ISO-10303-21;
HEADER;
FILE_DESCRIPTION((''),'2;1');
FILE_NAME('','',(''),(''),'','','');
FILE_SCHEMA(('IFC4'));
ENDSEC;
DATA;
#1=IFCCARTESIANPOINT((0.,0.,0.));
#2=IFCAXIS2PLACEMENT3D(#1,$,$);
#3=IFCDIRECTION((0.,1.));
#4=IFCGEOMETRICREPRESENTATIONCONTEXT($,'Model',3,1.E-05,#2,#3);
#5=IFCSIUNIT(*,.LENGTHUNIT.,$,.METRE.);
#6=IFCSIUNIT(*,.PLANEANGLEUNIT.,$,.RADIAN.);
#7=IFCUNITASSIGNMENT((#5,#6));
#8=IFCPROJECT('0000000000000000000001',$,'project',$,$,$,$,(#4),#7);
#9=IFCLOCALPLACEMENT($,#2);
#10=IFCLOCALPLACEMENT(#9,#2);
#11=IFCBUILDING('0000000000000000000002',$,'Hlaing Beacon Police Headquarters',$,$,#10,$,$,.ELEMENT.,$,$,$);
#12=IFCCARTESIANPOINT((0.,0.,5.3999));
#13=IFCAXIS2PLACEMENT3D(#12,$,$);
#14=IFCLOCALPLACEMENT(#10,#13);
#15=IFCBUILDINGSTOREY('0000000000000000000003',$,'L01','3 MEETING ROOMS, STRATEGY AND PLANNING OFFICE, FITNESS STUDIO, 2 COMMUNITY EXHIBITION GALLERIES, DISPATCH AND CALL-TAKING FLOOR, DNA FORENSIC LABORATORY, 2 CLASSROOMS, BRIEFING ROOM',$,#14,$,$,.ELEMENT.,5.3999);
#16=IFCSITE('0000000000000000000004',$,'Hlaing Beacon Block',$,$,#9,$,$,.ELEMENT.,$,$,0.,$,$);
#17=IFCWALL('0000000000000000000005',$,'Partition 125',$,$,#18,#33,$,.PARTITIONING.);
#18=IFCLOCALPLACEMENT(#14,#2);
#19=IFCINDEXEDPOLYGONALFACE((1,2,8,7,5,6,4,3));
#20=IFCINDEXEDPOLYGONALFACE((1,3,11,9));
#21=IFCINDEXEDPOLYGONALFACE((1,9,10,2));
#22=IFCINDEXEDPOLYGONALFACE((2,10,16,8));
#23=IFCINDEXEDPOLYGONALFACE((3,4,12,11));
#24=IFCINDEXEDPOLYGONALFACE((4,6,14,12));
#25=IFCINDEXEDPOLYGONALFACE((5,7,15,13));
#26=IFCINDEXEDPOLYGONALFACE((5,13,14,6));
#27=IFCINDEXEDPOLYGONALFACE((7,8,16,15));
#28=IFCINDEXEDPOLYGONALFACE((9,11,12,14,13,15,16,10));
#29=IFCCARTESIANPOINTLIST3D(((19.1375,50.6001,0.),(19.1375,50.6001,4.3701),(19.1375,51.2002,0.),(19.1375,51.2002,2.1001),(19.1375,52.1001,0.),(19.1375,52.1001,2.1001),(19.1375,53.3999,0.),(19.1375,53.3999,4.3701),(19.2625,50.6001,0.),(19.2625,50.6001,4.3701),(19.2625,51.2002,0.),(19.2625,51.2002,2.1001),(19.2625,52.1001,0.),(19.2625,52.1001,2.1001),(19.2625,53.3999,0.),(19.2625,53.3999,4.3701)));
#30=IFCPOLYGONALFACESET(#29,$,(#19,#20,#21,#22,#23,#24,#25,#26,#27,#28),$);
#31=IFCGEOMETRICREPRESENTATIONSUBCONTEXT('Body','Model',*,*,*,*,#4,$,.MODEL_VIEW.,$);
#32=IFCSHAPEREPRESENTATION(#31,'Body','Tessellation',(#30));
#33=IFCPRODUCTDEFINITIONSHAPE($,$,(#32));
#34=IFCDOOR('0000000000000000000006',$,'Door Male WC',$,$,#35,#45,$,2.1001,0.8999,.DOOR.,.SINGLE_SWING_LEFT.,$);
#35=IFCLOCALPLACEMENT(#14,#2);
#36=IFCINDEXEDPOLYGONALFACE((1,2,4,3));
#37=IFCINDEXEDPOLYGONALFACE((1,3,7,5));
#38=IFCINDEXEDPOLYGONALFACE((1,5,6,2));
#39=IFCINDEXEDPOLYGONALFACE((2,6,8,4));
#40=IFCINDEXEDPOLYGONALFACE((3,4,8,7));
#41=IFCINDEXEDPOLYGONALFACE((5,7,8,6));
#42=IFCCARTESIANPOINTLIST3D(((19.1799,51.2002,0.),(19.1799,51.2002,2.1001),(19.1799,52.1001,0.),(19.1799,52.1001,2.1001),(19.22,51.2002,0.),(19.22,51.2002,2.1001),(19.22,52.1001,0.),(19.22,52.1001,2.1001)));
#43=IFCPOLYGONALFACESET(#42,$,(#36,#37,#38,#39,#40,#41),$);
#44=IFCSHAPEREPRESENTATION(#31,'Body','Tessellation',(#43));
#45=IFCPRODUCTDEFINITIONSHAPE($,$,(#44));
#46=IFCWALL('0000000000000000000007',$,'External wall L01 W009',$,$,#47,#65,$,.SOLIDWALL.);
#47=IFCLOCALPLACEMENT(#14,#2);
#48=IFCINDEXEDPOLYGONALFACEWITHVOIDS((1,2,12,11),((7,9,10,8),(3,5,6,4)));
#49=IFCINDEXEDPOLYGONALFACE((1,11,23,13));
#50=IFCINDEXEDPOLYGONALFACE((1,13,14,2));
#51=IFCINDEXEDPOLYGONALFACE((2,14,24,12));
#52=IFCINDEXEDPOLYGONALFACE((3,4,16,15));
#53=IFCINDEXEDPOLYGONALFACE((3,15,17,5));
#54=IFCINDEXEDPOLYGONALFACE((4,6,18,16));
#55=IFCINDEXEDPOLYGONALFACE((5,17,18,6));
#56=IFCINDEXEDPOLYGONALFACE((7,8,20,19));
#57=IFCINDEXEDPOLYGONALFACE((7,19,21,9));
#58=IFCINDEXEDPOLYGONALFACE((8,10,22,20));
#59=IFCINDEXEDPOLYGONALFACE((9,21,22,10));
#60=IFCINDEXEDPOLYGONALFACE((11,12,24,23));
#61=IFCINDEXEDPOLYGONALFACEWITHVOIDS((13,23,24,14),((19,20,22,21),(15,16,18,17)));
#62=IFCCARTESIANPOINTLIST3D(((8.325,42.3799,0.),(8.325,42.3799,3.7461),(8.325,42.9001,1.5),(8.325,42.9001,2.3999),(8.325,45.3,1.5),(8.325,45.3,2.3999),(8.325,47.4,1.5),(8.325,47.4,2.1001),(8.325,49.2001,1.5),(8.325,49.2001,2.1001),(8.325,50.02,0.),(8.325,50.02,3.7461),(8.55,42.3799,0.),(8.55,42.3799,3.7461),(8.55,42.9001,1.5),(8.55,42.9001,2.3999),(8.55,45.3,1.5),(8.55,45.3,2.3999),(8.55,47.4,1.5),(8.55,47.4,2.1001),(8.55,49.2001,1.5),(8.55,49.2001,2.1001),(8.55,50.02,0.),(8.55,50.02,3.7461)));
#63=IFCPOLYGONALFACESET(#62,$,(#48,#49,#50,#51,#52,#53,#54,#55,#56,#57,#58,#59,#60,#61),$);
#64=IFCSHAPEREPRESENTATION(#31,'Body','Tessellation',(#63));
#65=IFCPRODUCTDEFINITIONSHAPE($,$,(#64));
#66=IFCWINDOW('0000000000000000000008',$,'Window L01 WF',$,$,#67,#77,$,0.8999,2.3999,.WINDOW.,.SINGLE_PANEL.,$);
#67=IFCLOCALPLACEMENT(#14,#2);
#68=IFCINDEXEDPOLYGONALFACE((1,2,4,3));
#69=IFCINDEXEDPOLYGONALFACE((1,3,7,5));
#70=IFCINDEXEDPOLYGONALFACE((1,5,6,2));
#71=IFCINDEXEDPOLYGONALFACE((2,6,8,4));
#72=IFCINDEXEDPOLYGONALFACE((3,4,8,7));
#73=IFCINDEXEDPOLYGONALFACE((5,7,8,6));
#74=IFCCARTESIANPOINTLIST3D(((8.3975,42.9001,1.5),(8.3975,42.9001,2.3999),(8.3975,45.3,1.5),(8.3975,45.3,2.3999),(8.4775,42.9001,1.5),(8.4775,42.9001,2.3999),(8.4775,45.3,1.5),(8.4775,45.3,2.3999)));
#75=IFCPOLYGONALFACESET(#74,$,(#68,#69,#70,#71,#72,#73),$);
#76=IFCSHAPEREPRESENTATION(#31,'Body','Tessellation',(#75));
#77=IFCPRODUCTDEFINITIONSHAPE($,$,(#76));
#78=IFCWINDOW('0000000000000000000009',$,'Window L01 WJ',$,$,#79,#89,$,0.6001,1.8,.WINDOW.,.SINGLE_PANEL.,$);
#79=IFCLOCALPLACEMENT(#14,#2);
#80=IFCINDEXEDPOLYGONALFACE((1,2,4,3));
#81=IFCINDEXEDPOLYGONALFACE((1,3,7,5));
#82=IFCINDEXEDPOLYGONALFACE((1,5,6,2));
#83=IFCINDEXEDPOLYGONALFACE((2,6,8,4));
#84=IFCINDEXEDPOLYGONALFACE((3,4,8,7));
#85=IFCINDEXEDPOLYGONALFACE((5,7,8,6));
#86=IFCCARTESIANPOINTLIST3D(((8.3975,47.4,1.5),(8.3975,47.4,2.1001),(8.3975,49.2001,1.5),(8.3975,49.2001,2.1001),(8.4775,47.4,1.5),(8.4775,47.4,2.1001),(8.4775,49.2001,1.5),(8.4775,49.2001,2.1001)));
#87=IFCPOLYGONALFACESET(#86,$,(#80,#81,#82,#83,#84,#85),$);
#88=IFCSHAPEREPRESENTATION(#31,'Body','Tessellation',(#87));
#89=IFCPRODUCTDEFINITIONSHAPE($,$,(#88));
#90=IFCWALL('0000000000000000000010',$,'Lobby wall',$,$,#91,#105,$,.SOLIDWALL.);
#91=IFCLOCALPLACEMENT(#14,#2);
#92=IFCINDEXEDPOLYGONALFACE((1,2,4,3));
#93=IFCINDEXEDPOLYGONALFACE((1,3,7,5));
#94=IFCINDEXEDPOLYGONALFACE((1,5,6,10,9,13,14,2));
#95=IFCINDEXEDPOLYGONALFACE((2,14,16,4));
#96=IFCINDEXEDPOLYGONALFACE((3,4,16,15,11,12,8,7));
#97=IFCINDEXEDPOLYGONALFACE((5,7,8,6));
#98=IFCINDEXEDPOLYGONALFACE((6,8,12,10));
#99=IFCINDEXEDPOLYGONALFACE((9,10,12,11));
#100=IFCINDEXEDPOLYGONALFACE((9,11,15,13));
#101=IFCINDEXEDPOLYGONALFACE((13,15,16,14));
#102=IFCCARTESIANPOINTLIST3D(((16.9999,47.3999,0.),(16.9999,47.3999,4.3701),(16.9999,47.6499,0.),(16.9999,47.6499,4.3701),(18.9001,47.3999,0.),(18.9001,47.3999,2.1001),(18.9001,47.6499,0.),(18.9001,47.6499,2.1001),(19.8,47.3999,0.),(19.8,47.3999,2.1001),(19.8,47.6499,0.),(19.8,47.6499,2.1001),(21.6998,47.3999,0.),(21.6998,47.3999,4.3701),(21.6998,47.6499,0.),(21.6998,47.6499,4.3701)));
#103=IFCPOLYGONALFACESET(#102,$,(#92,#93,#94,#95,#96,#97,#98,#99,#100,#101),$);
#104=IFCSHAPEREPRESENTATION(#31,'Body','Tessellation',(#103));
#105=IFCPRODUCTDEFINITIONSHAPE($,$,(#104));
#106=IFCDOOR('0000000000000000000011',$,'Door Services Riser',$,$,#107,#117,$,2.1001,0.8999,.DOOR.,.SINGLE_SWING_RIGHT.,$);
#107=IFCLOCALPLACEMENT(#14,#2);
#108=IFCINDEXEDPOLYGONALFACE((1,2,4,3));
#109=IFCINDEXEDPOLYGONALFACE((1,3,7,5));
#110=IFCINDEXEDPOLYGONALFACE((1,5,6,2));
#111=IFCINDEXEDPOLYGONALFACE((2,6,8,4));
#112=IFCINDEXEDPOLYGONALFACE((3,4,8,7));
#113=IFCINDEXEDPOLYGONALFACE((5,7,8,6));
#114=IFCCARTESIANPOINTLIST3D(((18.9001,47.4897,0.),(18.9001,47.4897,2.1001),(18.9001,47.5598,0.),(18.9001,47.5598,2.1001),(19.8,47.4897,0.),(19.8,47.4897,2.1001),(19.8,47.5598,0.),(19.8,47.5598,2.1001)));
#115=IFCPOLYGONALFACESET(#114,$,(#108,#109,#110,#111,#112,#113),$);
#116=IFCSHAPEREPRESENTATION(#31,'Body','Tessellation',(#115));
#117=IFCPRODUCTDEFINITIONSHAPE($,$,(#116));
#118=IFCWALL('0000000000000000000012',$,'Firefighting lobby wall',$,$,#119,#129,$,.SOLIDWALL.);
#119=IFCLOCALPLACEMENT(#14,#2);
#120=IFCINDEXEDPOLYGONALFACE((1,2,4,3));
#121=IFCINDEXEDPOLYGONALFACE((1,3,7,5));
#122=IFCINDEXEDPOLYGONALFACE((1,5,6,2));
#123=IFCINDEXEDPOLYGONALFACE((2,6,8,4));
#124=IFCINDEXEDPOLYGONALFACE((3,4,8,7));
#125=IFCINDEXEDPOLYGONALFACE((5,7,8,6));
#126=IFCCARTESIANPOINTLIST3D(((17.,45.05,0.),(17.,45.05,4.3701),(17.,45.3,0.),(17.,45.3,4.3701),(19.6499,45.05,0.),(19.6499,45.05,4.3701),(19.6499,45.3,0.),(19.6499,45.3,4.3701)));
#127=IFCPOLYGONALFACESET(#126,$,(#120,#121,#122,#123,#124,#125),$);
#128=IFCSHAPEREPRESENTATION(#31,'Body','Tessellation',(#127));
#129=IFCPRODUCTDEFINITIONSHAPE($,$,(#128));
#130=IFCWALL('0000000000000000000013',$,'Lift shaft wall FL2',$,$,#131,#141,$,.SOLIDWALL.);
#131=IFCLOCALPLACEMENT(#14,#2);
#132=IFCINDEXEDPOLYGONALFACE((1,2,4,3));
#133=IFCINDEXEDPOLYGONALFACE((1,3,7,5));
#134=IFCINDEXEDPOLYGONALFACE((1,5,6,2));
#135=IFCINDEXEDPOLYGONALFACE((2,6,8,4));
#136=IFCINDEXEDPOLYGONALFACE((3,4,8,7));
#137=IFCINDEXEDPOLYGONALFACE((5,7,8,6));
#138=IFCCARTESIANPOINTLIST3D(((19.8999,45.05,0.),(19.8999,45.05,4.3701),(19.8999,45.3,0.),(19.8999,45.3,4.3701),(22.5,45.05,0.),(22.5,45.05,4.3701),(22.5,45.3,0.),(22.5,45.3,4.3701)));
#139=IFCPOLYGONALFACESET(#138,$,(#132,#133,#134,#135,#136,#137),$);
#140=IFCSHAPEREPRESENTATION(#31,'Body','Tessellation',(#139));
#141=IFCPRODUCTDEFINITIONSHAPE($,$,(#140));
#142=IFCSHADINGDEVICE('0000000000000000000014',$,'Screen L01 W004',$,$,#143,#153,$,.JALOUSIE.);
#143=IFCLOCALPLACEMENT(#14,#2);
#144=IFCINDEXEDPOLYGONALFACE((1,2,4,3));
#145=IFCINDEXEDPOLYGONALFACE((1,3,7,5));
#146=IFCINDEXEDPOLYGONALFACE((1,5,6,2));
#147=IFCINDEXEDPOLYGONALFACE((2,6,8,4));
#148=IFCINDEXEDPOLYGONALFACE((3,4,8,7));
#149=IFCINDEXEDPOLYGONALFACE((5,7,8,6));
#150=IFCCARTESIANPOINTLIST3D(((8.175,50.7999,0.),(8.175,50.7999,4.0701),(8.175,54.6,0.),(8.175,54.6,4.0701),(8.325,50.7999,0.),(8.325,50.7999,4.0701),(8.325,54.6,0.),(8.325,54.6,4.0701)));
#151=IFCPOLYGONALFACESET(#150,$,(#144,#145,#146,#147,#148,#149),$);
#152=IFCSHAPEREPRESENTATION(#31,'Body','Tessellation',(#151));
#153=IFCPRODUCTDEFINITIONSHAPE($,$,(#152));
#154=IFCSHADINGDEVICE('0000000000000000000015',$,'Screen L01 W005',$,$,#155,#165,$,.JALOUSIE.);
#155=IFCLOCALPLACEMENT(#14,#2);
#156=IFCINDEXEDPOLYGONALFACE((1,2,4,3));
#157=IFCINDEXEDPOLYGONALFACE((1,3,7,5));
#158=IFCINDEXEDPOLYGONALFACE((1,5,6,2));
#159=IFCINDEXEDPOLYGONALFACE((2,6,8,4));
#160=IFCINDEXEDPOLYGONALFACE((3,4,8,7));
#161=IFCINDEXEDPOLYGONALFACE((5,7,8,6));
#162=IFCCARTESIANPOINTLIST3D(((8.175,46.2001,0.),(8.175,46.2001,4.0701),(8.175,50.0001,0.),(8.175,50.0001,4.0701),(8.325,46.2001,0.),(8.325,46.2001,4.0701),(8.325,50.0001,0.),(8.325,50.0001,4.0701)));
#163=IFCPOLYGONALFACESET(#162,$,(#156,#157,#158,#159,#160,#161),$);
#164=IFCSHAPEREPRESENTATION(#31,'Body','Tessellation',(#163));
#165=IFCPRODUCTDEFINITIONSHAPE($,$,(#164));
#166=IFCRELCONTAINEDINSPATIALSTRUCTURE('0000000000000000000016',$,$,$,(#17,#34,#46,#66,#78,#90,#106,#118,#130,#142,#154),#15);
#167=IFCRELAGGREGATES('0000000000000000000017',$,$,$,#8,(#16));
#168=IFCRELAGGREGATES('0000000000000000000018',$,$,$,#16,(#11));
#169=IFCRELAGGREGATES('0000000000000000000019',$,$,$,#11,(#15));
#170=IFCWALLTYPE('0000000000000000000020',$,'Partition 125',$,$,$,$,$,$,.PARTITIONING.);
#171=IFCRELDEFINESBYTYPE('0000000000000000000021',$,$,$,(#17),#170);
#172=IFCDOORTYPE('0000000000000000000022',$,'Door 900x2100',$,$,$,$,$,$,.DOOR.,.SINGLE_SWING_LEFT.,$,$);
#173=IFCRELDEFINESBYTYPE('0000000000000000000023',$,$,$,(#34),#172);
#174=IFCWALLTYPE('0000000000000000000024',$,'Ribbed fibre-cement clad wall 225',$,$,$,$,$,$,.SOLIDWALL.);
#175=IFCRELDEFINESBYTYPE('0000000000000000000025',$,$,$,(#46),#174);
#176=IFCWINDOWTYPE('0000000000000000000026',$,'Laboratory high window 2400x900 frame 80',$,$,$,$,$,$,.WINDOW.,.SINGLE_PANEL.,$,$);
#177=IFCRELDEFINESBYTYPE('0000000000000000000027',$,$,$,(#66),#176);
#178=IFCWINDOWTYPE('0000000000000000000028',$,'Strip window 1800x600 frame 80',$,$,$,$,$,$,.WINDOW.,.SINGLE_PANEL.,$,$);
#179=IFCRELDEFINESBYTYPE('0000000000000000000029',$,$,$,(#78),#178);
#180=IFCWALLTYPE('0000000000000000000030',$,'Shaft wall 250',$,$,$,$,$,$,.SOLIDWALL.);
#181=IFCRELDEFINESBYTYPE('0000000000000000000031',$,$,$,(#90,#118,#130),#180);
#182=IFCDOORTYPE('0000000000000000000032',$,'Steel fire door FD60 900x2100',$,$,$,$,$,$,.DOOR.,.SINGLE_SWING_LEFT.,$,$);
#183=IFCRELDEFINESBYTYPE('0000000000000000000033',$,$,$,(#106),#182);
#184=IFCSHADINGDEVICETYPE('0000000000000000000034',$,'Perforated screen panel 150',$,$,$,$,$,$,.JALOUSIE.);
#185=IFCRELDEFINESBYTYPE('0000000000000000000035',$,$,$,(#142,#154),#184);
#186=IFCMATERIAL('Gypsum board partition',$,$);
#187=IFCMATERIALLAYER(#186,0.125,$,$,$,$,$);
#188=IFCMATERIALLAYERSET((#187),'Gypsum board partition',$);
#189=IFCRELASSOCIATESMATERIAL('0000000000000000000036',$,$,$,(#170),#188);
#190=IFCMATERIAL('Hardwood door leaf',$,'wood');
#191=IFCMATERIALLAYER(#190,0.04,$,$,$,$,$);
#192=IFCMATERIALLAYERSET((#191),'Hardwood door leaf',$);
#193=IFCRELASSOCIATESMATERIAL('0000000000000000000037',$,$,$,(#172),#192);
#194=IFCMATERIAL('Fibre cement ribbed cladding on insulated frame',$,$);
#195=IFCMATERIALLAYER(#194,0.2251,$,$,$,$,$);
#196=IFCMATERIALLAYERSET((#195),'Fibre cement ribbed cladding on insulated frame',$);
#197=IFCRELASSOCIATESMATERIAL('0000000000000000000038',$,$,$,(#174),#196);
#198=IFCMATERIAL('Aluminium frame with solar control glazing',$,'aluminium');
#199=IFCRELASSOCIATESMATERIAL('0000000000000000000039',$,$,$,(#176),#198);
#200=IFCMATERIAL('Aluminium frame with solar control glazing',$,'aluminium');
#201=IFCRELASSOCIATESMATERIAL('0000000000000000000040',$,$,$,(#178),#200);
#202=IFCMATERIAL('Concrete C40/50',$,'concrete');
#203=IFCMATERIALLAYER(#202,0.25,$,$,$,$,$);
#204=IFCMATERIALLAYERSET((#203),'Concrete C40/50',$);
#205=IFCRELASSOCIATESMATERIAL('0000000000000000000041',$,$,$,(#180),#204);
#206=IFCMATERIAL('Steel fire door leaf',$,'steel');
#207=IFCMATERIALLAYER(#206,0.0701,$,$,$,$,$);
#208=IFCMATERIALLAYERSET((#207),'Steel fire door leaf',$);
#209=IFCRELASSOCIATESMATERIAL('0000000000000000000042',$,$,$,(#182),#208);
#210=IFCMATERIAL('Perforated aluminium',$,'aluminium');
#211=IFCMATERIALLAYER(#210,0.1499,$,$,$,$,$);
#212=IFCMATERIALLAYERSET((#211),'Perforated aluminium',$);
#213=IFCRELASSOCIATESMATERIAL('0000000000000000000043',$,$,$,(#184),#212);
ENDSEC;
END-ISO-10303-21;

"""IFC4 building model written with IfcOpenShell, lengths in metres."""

from ifc_helpers import new_model, si_unit, direction, frame, frame_2d, origin, origin_2d, place, context, subcontext, project, spatial, rectangle, extrude, material, layer, layer_set, type_object, element, fill, save


model = new_model("IFC4")

# Units and contexts
model_context = context("Model", 3, precision=1e-05, world=origin(), true_north=direction((0.0, 1.0)))
body_context = subcontext(model_context, "Body", "Model", "MODEL_VIEW")
ifc_project = project(units=[si_unit("LENGTHUNIT", "METRE"), si_unit("PLANEANGLEUNIT", "RADIAN")], contexts=[model_context])

# Site, building, storey
site_placement = place(None, origin())
site = spatial("IfcSite", under=ifc_project, at=site_placement, Name="Hlaing Beacon Block", CompositionType="ELEMENT", RefElevation=0.0)
building_placement = place(site_placement, origin())
building = spatial("IfcBuilding", under=site, at=building_placement, Name="Hlaing Beacon Police Headquarters", CompositionType="ELEMENT")
storey_placement = place(building_placement, frame((0.0, 0.0, 5.3999)))
storey = spatial("IfcBuildingStorey", under=building, at=storey_placement, Name="L01", Description="3 MEETING ROOMS, STRATEGY AND PLANNING OFFICE, FITNESS STUDIO, 2 COMMUNITY EXHIBITION GALLERIES, DISPATCH AND CALL-TAKING FLOOR, DNA FORENSIC LABORATORY, 2 CLASSROOMS, BRIEFING ROOM", CompositionType="ELEMENT", Elevation=5.3999)

# Shared definitions
ifc_material_1 = material(Name="Gypsum board partition")
ifc_layer_1 = layer(ifc_material_1, 0.125)
ifc_layer_set_1 = layer_set([ifc_layer_1], Name="Gypsum board partition")
wall_type_1 = type_object("IfcWallType", Name="Partition 125", PredefinedType="PARTITIONING", material=ifc_layer_set_1)
ifc_material_2 = material(Name="Hardwood door leaf", Category="wood")
ifc_layer_2 = layer(ifc_material_2, 0.04)
ifc_layer_set_2 = layer_set([ifc_layer_2], Name="Hardwood door leaf")
door_type_1 = type_object("IfcDoorType", Name="Door 900x2100", OperationType="SINGLE_SWING_LEFT", PredefinedType="DOOR", material=ifc_layer_set_2)

# Wall, opening, door
wall_1_placement = place(storey_placement, frame((19.2, 50.6001, 0.0), z_axis=(0.0, 0.0, 1.0), x_axis=(0.0, 1.0, 0.0)))
wall_1 = element("IfcWall", 1, at=wall_1_placement, inside=storey, type_object=wall_type_1, Name="Partition 125", PredefinedType="PARTITIONING", context=body_context, shape_type="SweptSolid", body=[
    extrude(rectangle(XDim=2.7998, YDim=0.125, at=frame_2d((1.3999, 0.0))), origin(), (0.0, 0.0, 1.0), 4.3701),
])
opening_1_placement = place(wall_1_placement, frame((0.6001, 0.0, 0.0)))
opening_1 = element("IfcOpeningElement", 2, at=opening_1_placement, cuts=wall_1, PredefinedType="OPENING", context=body_context, shape_type="SweptSolid", body=[
    extrude(rectangle(XDim=0.8999, YDim=2.1001, at=frame_2d((0.45, 1.05))), frame((0.0, 0.0725, 0.0), z_axis=(0.0, -1.0, 0.0), x_axis=(1.0, 0.0, 0.0)), (0.0, 0.0, 1.0), 0.145),
])
door_1_placement = place(opening_1_placement, frame((0.8999, 0.0, 0.0), z_axis=(0.0, 0.0, 1.0), x_axis=(-1.0, 0.0, 0.0)))
door_1 = element("IfcDoor", 3, at=door_1_placement, inside=storey, type_object=door_type_1, Name="Door Male WC", OperationType="SINGLE_SWING_LEFT", OverallHeight=2.1001, OverallWidth=0.8999, PredefinedType="DOOR", context=body_context, shape_type="SweptSolid", body=[
    extrude(rectangle(XDim=0.8999, YDim=2.1001, at=frame_2d((0.45, 1.05))), frame((0.0, 0.02, 0.0), z_axis=(0.0, -1.0, 0.0), x_axis=(1.0, 0.0, 0.0)), (0.0, 0.0, 1.0), 0.04),
])
fill(opening_1, door_1)

# Wall, openings, windows
ifc_material_3 = material(Name="Fibre cement ribbed cladding on insulated frame")
ifc_layer_3 = layer(ifc_material_3, 0.2251)
ifc_layer_set_3 = layer_set([ifc_layer_3], Name="Fibre cement ribbed cladding on insulated frame")
wall_type_2 = type_object("IfcWallType", Name="Ribbed fibre-cement clad wall 225", PredefinedType="SOLIDWALL", material=ifc_layer_set_3)
wall_2_placement = place(storey_placement, frame((8.4375, 50.02, 0.0), z_axis=(0.0, 0.0, 1.0), x_axis=(0.0, -1.0, 0.0)))
wall_2 = element("IfcWall", 4, at=wall_2_placement, inside=storey, type_object=wall_type_2, Name="External wall L01 W009", PredefinedType="SOLIDWALL", context=body_context, shape_type="SweptSolid", body=[
    extrude(rectangle(XDim=7.6401, YDim=0.2251, at=frame_2d((3.8201, 0.0))), origin(), (0.0, 0.0, 1.0), 3.7461),
])
opening_2_placement = place(wall_2_placement, frame((0.8201, 0.0, 1.5)))
opening_2 = element("IfcOpeningElement", 5, at=opening_2_placement, cuts=wall_2, PredefinedType="OPENING", context=body_context, shape_type="SweptSolid", body=[
    extrude(rectangle(XDim=1.8, YDim=0.6001, at=frame_2d((0.8999, 0.3))), frame((0.0, 0.1226, 0.0), z_axis=(0.0, -1.0, 0.0), x_axis=(1.0, 0.0, 0.0)), (0.0, 0.0, 1.0), 0.2451),
])
opening_3_placement = place(wall_2_placement, frame((4.72, 0.0, 1.5)))
opening_3 = element("IfcOpeningElement", 6, at=opening_3_placement, cuts=wall_2, PredefinedType="OPENING", context=body_context, shape_type="SweptSolid", body=[
    extrude(rectangle(XDim=2.3999, YDim=0.8999, at=frame_2d((1.2, 0.45))), frame((0.0, 0.1226, 0.0), z_axis=(0.0, -1.0, 0.0), x_axis=(1.0, 0.0, 0.0)), (0.0, 0.0, 1.0), 0.2451),
])
ifc_material_4 = material(Name="Aluminium frame with solar control glazing", Category="aluminium")
window_type_1 = type_object("IfcWindowType", Name="Laboratory high window 2400x900 frame 80", PartitioningType="SINGLE_PANEL", PredefinedType="WINDOW", material=ifc_material_4)
window_1_placement = place(opening_3_placement, origin())
window_1 = element("IfcWindow", 7, at=window_1_placement, inside=storey, type_object=window_type_1, Name="Window L01 WF", OverallHeight=0.8999, OverallWidth=2.3999, PartitioningType="SINGLE_PANEL", PredefinedType="WINDOW", context=body_context, shape_type="SweptSolid", body=[
    extrude(rectangle(XDim=2.3999, YDim=0.8999, at=frame_2d((1.2, 0.45))), frame((0.0, 0.04, 0.0), z_axis=(0.0, -1.0, 0.0), x_axis=(1.0, 0.0, 0.0)), (0.0, 0.0, 1.0), 0.0801),
])
fill(opening_3, window_1)
ifc_material_5 = material(Name="Aluminium frame with solar control glazing", Category="aluminium")
window_type_2 = type_object("IfcWindowType", Name="Strip window 1800x600 frame 80", PartitioningType="SINGLE_PANEL", PredefinedType="WINDOW", material=ifc_material_5)
window_2_placement = place(opening_2_placement, origin())
window_2 = element("IfcWindow", 8, at=window_2_placement, inside=storey, type_object=window_type_2, Name="Window L01 WJ", OverallHeight=0.6001, OverallWidth=1.8, PartitioningType="SINGLE_PANEL", PredefinedType="WINDOW", context=body_context, shape_type="SweptSolid", body=[
    extrude(rectangle(XDim=1.8, YDim=0.6001, at=frame_2d((0.8999, 0.3))), frame((0.0, 0.04, 0.0), z_axis=(0.0, -1.0, 0.0), x_axis=(1.0, 0.0, 0.0)), (0.0, 0.0, 1.0), 0.0801),
])
fill(opening_2, window_2)

# Wall, opening, door
ifc_material_6 = material(Name="Concrete C40/50", Category="concrete")
ifc_layer_4 = layer(ifc_material_6, 0.25)
ifc_layer_set_4 = layer_set([ifc_layer_4], Name="Concrete C40/50")
wall_type_3 = type_object("IfcWallType", Name="Shaft wall 250", PredefinedType="SOLIDWALL", material=ifc_layer_set_4)
wall_3_placement = place(storey_placement, frame((21.7, 47.5249, 0.0), z_axis=(0.0, 0.0, 1.0), x_axis=(-1.0, 0.0, 0.0)))
wall_3 = element("IfcWall", 9, at=wall_3_placement, inside=storey, type_object=wall_type_3, Name="Lobby wall", PredefinedType="SOLIDWALL", context=body_context, shape_type="SweptSolid", body=[
    extrude(rectangle(XDim=4.7, YDim=0.25, at=frame_2d((2.3501, 0.0))), origin(), (0.0, 0.0, 1.0), 4.3701),
])
opening_4_placement = place(wall_3_placement, frame((1.8999, 0.0, 0.0)))
opening_4 = element("IfcOpeningElement", 10, at=opening_4_placement, cuts=wall_3, PredefinedType="OPENING", context=body_context, shape_type="SweptSolid", body=[
    extrude(rectangle(XDim=0.8999, YDim=2.1001, at=frame_2d((0.45, 1.05))), frame((0.0, 0.135, 0.0), z_axis=(0.0, -1.0, 0.0), x_axis=(1.0, 0.0, 0.0)), (0.0, 0.0, 1.0), 0.27),
])
ifc_material_7 = material(Name="Steel fire door leaf", Category="steel")
ifc_layer_5 = layer(ifc_material_7, 0.0701)
ifc_layer_set_5 = layer_set([ifc_layer_5], Name="Steel fire door leaf")
door_type_2 = type_object("IfcDoorType", Name="Steel fire door FD60 900x2100", OperationType="SINGLE_SWING_LEFT", PredefinedType="DOOR", material=ifc_layer_set_5)
door_2_placement = place(opening_4_placement, frame((0.8999, 0.0, 0.0), z_axis=(0.0, 0.0, 1.0), x_axis=(-1.0, 0.0, 0.0)))
door_2 = element("IfcDoor", 11, at=door_2_placement, inside=storey, type_object=door_type_2, Name="Door Services Riser", OperationType="SINGLE_SWING_RIGHT", OverallHeight=2.1001, OverallWidth=0.8999, PredefinedType="DOOR", context=body_context, shape_type="SweptSolid", body=[
    extrude(rectangle(XDim=0.8999, YDim=2.1001, at=frame_2d((0.45, 1.05))), frame((0.0, 0.0349, 0.0), z_axis=(0.0, -1.0, 0.0), x_axis=(1.0, 0.0, 0.0)), (0.0, 0.0, 1.0), 0.0701),
])
fill(opening_4, door_2)

# Walls
wall_4_placement = place(storey_placement, frame((19.6499, 45.175, 0.0), z_axis=(0.0, 0.0, 1.0), x_axis=(-1.0, 0.0, 0.0)))
element("IfcWall", 12, at=wall_4_placement, inside=storey, type_object=wall_type_3, Name="Firefighting lobby wall", PredefinedType="SOLIDWALL", context=body_context, shape_type="SweptSolid", body=[
    extrude(rectangle(XDim=2.6499, YDim=0.25, at=frame_2d((1.325, 0.0))), origin(), (0.0, 0.0, 1.0), 4.3701),
])
wall_5_placement = place(storey_placement, frame((19.8999, 45.175, 0.0), z_axis=(0.0, 0.0, 1.0), x_axis=(1.0, 0.0, 0.0)))
element("IfcWall", 13, at=wall_5_placement, inside=storey, type_object=wall_type_3, Name="Lift shaft wall FL2", PredefinedType="SOLIDWALL", context=body_context, shape_type="SweptSolid", body=[
    extrude(rectangle(XDim=2.6001, YDim=0.25, at=frame_2d((1.3, 0.0))), origin(), (0.0, 0.0, 1.0), 4.3701),
])

# Shading devices
ifc_material_8 = material(Name="Perforated aluminium", Category="aluminium")
ifc_layer_6 = layer(ifc_material_8, 0.1499)
ifc_layer_set_6 = layer_set([ifc_layer_6], Name="Perforated aluminium")
shading_device_type = type_object("IfcShadingDeviceType", Name="Perforated screen panel 150", PredefinedType="JALOUSIE", material=ifc_layer_set_6)
for number, where, z_axis, x_axis, name in (
    (14, (8.25, 52.7, 0.0), (0.0, 0.0, 1.0), (0.0, -1.0, 0.0), "Screen L01 W004"),
    (15, (8.25, 48.1001, 0.0), (0.0, 0.0, 1.0), (0.0, -1.0, 0.0), "Screen L01 W005"),
):
    element("IfcShadingDevice", number, at=place(storey_placement, frame(where, z_axis=z_axis, x_axis=x_axis)), inside=storey, type_object=shading_device_type, Name=name, PredefinedType="JALOUSIE", context=body_context, shape_type="SweptSolid", body=[
        extrude(rectangle(XDim=3.8, YDim=0.1499, at=origin_2d()), origin(), (0.0, 0.0, 1.0), 4.0701),
    ])

save(model, "model.ifc")
